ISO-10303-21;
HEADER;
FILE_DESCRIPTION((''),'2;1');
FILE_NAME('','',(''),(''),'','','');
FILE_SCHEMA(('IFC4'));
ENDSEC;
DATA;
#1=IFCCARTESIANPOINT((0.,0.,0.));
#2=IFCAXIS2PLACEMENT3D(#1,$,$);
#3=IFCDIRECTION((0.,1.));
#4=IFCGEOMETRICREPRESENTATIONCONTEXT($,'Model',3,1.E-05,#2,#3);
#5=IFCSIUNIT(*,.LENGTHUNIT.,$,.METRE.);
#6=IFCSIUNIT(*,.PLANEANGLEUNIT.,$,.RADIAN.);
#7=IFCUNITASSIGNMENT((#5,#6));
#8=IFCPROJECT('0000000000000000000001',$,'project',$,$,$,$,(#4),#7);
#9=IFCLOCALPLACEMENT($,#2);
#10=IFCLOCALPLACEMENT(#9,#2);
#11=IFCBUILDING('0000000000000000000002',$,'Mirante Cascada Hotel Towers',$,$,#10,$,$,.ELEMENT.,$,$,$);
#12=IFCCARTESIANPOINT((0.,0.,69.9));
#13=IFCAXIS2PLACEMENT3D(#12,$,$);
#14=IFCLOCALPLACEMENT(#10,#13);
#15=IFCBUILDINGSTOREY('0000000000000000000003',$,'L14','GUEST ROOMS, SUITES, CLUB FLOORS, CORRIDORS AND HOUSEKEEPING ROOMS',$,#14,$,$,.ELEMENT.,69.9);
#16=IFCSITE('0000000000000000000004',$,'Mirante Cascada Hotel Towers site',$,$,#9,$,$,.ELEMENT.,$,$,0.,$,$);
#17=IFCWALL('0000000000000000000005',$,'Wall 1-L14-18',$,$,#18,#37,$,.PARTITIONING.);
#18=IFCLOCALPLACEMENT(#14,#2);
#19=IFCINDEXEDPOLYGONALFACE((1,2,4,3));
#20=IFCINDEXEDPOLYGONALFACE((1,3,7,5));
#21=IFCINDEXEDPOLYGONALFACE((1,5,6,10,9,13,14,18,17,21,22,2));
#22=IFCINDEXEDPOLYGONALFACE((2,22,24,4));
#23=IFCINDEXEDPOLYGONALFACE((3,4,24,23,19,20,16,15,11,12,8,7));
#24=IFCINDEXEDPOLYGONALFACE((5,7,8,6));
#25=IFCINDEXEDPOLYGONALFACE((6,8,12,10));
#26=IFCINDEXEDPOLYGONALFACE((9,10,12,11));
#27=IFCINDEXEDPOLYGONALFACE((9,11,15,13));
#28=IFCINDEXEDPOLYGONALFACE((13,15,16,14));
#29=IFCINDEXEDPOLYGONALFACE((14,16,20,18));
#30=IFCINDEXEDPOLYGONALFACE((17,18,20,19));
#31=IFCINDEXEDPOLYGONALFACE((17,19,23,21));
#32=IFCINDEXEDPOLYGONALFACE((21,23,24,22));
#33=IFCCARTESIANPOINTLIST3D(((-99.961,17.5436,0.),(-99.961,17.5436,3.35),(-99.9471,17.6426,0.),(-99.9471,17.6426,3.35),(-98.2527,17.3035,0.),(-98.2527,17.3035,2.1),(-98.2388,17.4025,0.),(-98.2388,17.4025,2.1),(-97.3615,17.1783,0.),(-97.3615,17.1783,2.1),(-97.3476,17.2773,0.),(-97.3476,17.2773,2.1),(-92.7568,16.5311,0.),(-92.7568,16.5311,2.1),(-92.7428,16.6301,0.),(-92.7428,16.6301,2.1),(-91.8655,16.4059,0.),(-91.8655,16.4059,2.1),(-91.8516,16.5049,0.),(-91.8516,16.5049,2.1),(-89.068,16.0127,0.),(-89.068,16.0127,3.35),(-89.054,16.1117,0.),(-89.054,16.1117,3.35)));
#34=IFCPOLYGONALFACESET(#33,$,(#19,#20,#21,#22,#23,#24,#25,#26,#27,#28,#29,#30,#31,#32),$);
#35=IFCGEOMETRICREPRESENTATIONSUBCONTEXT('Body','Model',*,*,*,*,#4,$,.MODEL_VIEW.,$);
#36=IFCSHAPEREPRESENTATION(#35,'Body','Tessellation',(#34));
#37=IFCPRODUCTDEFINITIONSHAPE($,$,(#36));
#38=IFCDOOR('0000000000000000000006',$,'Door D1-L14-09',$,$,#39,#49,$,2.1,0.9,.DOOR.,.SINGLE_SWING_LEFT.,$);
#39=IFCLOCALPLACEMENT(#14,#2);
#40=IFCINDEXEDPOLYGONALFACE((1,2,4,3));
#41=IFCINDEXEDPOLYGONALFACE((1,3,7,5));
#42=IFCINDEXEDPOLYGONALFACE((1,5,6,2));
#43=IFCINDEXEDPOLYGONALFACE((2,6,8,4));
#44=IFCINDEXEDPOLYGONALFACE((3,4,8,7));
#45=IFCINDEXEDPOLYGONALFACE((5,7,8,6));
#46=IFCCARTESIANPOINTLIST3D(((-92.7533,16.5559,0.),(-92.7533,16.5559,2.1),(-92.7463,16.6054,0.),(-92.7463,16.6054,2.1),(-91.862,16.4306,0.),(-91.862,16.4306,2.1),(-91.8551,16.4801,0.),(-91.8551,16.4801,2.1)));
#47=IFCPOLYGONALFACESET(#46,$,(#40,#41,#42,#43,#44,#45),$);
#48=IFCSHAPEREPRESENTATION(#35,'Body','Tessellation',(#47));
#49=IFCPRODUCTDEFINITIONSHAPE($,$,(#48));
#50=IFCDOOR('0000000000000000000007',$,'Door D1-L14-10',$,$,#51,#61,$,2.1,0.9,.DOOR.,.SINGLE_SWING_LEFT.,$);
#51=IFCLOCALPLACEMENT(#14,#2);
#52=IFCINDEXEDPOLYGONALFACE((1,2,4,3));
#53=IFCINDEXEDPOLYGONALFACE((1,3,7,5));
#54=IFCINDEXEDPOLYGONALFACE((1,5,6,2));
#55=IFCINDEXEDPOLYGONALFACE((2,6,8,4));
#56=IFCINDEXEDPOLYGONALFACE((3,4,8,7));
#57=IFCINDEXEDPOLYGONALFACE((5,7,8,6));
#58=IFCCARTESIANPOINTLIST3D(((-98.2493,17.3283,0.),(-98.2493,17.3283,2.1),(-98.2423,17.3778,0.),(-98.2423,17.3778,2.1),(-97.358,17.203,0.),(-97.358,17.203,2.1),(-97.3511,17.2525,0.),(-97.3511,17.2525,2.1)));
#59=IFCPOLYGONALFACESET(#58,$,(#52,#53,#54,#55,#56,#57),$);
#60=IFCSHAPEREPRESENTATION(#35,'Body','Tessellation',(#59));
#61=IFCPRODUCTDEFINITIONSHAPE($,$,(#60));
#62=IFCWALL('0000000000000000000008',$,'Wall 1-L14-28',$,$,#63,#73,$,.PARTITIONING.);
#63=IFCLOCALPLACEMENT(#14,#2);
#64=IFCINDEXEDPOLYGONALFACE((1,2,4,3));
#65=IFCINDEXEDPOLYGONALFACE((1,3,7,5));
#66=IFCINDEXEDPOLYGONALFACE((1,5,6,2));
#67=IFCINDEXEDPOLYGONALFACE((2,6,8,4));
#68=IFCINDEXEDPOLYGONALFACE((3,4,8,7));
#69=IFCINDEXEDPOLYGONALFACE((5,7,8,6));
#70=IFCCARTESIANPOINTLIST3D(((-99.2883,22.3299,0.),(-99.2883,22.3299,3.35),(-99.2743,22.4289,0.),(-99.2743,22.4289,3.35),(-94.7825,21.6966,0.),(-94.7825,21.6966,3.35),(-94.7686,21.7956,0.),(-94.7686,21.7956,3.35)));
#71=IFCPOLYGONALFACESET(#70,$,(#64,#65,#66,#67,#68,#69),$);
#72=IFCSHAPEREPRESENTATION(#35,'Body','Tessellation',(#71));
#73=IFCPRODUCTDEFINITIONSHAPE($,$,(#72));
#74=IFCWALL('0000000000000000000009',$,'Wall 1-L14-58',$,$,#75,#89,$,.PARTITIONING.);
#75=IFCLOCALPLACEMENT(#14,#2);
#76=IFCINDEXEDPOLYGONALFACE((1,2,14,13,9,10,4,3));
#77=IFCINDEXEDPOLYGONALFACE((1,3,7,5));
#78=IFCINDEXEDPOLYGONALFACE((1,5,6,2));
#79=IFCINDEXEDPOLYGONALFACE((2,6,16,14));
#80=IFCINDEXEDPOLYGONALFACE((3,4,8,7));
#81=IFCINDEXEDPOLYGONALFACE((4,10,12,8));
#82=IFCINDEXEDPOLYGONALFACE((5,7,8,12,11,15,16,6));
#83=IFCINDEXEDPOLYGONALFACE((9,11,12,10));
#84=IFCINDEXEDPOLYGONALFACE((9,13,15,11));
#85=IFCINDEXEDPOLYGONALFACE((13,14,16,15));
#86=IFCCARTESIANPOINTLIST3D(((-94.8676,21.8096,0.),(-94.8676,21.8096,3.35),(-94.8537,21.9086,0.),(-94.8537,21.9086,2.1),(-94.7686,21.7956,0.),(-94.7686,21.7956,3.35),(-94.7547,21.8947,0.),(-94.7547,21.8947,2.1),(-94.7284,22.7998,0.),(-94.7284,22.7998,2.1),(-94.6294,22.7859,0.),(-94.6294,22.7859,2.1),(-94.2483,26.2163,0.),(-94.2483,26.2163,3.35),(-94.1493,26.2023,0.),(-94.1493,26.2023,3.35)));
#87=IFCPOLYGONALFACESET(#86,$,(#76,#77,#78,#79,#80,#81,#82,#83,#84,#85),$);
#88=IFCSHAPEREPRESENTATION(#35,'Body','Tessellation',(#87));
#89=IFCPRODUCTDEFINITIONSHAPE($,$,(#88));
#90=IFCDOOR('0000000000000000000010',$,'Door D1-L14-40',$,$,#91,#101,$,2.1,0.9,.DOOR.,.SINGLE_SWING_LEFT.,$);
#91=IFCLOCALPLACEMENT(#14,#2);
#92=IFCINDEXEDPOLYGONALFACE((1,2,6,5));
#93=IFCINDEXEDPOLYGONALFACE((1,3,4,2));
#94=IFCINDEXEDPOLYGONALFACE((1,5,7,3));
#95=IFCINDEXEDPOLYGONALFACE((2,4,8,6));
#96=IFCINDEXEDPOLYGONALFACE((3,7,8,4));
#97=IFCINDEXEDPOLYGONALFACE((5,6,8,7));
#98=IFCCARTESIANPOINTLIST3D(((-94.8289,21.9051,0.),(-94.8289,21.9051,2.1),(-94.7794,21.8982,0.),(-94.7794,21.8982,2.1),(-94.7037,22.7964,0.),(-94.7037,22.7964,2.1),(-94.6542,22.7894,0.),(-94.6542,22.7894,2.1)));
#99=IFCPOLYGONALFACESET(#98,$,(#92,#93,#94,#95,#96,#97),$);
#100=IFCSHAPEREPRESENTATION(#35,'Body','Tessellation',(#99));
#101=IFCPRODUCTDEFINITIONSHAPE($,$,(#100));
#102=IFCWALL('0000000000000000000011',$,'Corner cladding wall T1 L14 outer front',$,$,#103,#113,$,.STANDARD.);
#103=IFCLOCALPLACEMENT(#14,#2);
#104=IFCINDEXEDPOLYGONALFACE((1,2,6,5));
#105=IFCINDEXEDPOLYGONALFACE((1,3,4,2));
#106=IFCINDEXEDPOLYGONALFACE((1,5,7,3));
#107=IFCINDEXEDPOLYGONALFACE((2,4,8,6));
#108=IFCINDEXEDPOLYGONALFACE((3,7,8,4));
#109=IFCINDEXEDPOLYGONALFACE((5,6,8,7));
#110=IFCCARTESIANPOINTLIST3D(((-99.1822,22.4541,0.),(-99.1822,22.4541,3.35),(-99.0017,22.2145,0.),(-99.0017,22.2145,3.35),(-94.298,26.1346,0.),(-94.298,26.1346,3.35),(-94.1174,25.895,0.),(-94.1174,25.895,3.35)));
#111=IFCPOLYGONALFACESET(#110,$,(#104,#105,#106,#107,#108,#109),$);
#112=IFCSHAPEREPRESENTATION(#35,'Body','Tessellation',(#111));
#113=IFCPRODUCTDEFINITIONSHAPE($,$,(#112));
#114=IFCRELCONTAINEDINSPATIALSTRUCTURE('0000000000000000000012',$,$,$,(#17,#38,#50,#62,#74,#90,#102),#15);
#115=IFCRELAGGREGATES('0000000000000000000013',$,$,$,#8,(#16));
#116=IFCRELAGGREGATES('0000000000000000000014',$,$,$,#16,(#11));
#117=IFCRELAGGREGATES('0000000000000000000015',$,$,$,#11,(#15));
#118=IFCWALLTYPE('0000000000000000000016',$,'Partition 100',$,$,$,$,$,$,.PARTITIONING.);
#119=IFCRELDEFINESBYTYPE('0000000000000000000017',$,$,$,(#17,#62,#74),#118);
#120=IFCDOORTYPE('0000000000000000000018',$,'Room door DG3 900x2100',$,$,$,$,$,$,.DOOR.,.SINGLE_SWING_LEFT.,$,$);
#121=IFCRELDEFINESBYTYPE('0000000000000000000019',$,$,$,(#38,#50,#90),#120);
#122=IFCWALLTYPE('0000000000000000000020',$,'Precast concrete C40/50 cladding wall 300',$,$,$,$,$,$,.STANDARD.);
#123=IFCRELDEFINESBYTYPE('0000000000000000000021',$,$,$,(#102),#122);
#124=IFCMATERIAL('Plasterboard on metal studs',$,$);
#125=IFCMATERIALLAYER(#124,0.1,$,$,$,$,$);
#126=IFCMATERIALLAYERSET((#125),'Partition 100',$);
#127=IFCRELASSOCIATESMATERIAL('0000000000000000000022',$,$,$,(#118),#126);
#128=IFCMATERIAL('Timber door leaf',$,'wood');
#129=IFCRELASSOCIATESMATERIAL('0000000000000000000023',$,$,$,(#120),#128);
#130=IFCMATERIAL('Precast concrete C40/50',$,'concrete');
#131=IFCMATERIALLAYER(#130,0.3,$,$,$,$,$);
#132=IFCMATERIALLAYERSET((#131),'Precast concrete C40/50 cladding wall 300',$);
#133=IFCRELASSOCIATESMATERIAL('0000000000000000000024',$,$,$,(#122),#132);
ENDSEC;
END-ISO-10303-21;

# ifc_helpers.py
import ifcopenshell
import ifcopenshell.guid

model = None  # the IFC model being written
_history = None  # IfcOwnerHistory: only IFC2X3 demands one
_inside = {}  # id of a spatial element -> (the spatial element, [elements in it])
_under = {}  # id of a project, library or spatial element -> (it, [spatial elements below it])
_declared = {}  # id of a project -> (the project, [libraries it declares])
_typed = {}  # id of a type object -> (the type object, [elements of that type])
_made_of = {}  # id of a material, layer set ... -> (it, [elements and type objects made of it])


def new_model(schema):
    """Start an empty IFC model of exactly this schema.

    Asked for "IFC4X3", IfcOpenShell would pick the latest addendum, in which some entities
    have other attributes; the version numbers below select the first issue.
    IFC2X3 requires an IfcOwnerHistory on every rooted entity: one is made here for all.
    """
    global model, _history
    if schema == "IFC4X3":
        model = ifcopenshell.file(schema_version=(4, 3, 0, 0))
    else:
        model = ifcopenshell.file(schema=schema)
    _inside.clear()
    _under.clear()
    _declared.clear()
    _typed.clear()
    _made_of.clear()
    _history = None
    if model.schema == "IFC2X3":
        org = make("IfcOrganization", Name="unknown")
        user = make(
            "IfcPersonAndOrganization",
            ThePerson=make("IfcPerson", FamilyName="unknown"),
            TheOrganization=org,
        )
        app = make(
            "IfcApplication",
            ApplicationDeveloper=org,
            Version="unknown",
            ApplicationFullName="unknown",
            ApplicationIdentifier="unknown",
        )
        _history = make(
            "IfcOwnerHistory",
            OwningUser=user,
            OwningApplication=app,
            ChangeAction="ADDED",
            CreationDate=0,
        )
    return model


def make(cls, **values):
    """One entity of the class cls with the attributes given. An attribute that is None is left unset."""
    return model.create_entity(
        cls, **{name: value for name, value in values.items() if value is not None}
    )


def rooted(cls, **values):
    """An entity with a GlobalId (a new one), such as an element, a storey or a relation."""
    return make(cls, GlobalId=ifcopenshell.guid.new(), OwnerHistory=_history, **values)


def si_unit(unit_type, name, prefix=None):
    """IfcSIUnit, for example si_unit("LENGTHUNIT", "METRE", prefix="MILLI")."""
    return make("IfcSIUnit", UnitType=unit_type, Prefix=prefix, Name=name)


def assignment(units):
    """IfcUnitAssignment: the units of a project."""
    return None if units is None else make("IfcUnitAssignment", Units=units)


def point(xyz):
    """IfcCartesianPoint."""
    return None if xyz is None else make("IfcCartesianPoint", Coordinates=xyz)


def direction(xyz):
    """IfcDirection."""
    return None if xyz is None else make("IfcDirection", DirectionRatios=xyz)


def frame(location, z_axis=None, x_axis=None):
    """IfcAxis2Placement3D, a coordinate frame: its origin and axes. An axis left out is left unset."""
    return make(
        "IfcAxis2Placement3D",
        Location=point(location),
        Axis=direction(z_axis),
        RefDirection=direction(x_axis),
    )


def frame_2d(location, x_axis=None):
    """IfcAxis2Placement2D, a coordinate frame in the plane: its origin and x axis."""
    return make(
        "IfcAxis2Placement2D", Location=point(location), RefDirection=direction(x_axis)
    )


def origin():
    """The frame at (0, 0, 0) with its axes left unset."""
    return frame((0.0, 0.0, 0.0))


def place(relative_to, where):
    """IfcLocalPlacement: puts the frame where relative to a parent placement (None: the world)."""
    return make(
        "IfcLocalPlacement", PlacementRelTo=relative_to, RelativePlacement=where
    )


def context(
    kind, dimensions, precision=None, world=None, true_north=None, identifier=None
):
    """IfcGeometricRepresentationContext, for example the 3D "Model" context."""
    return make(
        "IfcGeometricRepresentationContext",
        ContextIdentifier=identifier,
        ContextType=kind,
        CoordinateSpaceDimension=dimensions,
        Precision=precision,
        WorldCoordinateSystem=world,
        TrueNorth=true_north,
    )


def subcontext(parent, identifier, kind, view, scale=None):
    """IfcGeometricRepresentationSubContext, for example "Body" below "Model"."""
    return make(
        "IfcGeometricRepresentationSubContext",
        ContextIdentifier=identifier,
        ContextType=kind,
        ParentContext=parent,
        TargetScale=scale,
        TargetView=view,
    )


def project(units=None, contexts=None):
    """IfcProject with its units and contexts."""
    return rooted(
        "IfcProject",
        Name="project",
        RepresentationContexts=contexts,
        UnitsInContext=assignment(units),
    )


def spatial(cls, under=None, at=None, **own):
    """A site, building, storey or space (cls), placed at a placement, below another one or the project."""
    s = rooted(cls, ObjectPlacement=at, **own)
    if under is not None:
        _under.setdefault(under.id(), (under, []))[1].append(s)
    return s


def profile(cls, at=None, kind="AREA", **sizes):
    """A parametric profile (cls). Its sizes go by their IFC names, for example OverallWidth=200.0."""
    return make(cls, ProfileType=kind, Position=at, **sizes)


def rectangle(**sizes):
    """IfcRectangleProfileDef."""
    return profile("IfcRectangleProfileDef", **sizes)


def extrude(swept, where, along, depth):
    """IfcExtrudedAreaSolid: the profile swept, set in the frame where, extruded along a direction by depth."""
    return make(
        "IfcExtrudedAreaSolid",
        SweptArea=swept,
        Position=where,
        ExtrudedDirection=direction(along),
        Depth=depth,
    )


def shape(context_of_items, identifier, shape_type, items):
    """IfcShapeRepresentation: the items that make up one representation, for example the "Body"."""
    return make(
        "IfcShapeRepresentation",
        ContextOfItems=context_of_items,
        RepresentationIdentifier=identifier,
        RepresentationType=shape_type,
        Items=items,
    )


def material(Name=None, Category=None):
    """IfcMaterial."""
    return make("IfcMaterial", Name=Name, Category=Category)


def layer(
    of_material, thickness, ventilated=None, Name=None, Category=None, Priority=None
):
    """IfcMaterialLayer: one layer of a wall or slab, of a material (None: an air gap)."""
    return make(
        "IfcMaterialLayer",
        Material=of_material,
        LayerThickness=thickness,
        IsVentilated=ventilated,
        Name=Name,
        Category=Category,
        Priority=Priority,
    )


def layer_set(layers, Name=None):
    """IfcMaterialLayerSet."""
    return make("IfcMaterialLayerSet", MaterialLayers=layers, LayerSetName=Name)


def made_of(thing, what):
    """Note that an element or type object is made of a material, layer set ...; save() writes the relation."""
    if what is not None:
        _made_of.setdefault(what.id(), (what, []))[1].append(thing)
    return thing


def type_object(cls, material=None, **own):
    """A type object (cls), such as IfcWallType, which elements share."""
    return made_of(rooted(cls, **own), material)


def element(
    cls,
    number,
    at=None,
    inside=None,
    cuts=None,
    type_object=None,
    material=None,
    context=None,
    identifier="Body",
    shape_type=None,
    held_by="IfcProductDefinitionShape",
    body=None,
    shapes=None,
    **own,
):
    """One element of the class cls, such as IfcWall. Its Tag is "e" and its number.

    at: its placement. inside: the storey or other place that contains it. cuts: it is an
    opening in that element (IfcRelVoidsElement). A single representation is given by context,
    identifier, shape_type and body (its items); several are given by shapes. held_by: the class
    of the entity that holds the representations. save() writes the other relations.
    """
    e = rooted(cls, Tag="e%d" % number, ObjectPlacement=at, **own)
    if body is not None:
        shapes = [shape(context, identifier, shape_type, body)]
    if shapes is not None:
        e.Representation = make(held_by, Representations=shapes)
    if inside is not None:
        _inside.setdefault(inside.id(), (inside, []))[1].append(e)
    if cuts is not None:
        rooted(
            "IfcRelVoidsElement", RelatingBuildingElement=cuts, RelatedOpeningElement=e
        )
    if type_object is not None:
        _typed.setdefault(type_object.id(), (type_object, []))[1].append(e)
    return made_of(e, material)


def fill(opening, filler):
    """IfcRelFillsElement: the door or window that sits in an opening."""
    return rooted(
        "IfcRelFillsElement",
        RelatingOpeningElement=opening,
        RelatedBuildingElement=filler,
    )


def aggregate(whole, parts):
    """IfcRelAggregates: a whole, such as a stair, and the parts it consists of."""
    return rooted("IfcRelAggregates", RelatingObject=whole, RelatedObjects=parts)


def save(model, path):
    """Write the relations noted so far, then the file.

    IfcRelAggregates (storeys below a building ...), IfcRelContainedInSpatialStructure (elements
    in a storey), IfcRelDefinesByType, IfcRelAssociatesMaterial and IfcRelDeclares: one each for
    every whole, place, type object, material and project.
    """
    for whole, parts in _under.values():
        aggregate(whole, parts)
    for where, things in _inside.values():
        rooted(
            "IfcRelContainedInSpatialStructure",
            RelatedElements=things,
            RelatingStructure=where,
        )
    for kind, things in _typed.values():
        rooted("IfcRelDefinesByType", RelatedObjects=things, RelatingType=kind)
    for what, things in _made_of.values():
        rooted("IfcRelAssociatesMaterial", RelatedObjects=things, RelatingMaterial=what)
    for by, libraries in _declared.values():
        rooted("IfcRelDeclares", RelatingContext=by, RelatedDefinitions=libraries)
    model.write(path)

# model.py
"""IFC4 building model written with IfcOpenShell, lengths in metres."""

from ifc_helpers import new_model, si_unit, direction, frame, frame_2d, origin, place, context, subcontext, project, spatial, rectangle, extrude, material, layer, layer_set, type_object, element, fill, save


model = new_model("IFC4")

# Units and contexts
model_context = context("Model", 3, precision=1e-05, world=origin(), true_north=direction((0.0, 1.0)))
body_context = subcontext(model_context, "Body", "Model", "MODEL_VIEW")
ifc_project = project(units=[si_unit("LENGTHUNIT", "METRE"), si_unit("PLANEANGLEUNIT", "RADIAN")], contexts=[model_context])

# Site, building, storey
site_placement = place(None, origin())
site = spatial("IfcSite", under=ifc_project, at=site_placement, Name="Mirante Cascada Hotel Towers site", CompositionType="ELEMENT", RefElevation=0.0)
building_placement = place(site_placement, origin())
building = spatial("IfcBuilding", under=site, at=building_placement, Name="Mirante Cascada Hotel Towers", CompositionType="ELEMENT")
storey_placement = place(building_placement, frame((0.0, 0.0, 69.9)))
storey = spatial("IfcBuildingStorey", under=building, at=storey_placement, Name="L14", Description="GUEST ROOMS, SUITES, CLUB FLOORS, CORRIDORS AND HOUSEKEEPING ROOMS", CompositionType="ELEMENT", Elevation=69.9)

# Wall, openings, doors
ifc_material_1 = material(Name="Plasterboard on metal studs")
ifc_layer_1 = layer(ifc_material_1, 0.1)
ifc_layer_set_1 = layer_set([ifc_layer_1], Name="Partition 100")
wall_type_1 = type_object("IfcWallType", Name="Partition 100", PredefinedType="PARTITIONING", material=ifc_layer_set_1)
wall_1_placement = place(storey_placement, frame((-99.954, 17.5931, 0.0), z_axis=(0.0, 0.0, 1.0), x_axis=(0.990268, -0.139172, 0.0)))
wall_1 = element("IfcWall", 1, at=wall_1_placement, inside=storey, type_object=wall_type_1, Name="Wall 1-L14-18", PredefinedType="PARTITIONING", context=body_context, shape_type="SweptSolid", body=[
    extrude(rectangle(XDim=11.0001, YDim=0.1, at=frame_2d((5.5, 0.0))), origin(), (0.0, 0.0, 1.0), 3.35),
])
opening_1_placement = place(wall_1_placement, frame((7.275, 0.0, 0.0)))
opening_1 = element("IfcOpeningElement", 2, at=opening_1_placement, cuts=wall_1, PredefinedType="OPENING", context=body_context, shape_type="SweptSolid", body=[
    extrude(rectangle(XDim=0.9, YDim=2.1, at=frame_2d((0.45, 1.05))), frame((0.0, 0.05, 0.0), z_axis=(0.0, -1.0, 0.0), x_axis=(1.0, 0.0, 0.0)), (0.0, 0.0, 1.0), 0.1),
])
opening_2_placement = place(wall_1_placement, frame((1.725, 0.0, 0.0)))
opening_2 = element("IfcOpeningElement", 3, at=opening_2_placement, cuts=wall_1, PredefinedType="OPENING", context=body_context, shape_type="SweptSolid", body=[
    extrude(rectangle(XDim=0.9, YDim=2.1, at=frame_2d((0.45, 1.05))), frame((0.0, 0.05, 0.0), z_axis=(0.0, -1.0, 0.0), x_axis=(1.0, 0.0, 0.0)), (0.0, 0.0, 1.0), 0.1),
])
ifc_material_2 = material(Name="Timber door leaf", Category="wood")
door_type = type_object("IfcDoorType", Name="Room door DG3 900x2100", OperationType="SINGLE_SWING_LEFT", PredefinedType="DOOR", material=ifc_material_2)
door_1_placement = place(opening_1_placement, origin())
door_1 = element("IfcDoor", 4, at=door_1_placement, inside=storey, type_object=door_type, Name="Door D1-L14-09", OperationType="SINGLE_SWING_LEFT", OverallHeight=2.1, OverallWidth=0.9, PredefinedType="DOOR", context=body_context, shape_type="SweptSolid", body=[
    extrude(rectangle(XDim=0.9, YDim=2.1, at=frame_2d((0.45, 1.05))), frame((0.0, 0.025, 0.0), z_axis=(0.0, -1.0, 0.0), x_axis=(1.0, 0.0, 0.0)), (0.0, 0.0, 1.0), 0.05),
])
fill(opening_1, door_1)
door_2_placement = place(opening_2_placement, origin())
door_2 = element("IfcDoor", 5, at=door_2_placement, inside=storey, type_object=door_type, Name="Door D1-L14-10", OperationType="SINGLE_SWING_LEFT", OverallHeight=2.1, OverallWidth=0.9, PredefinedType="DOOR", context=body_context, shape_type="SweptSolid", body=[
    extrude(rectangle(XDim=0.9, YDim=2.1, at=frame_2d((0.45, 1.05))), frame((0.0, 0.025, 0.0), z_axis=(0.0, -1.0, 0.0), x_axis=(1.0, 0.0, 0.0)), (0.0, 0.0, 1.0), 0.05),
])
fill(opening_2, door_2)

# Wall
wall_2_placement = place(storey_placement, frame((-99.2813, 22.3794, 0.0), z_axis=(0.0, 0.0, 1.0), x_axis=(0.990266, -0.139187, 0.0)))
element("IfcWall", 6, at=wall_2_placement, inside=storey, type_object=wall_type_1, Name="Wall 1-L14-28", PredefinedType="PARTITIONING", context=body_context, shape_type="SweptSolid", body=[
    extrude(rectangle(XDim=4.55, YDim=0.1, at=frame_2d((2.275, 0.0))), origin(), (0.0, 0.0, 1.0), 3.35),
])

# Wall, opening, door
wall_3_placement = place(storey_placement, frame((-94.1988, 26.2093, 0.0), z_axis=(0.0, 0.0, 1.0), x_axis=(-0.139168, -0.990269, 0.0)))
wall_3 = element("IfcWall", 7, at=wall_3_placement, inside=storey, type_object=wall_type_1, Name="Wall 1-L14-58", PredefinedType="PARTITIONING", context=body_context, shape_type="SweptSolid", body=[
    extrude(rectangle(XDim=4.45, YDim=0.1, at=frame_2d((2.225, 0.0))), origin(), (0.0, 0.0, 1.0), 3.35),
])
opening_3_placement = place(wall_3_placement, frame((3.45, 0.0, 0.0)))
opening_3 = element("IfcOpeningElement", 8, at=opening_3_placement, cuts=wall_3, PredefinedType="OPENING", context=body_context, shape_type="SweptSolid", body=[
    extrude(rectangle(XDim=0.9, YDim=2.1, at=frame_2d((0.45, 1.05))), frame((0.0, 0.05, 0.0), z_axis=(0.0, -1.0, 0.0), x_axis=(1.0, 0.0, 0.0)), (0.0, 0.0, 1.0), 0.1),
])
door_3_placement = place(opening_3_placement, origin())
door_3 = element("IfcDoor", 9, at=door_3_placement, inside=storey, type_object=door_type, Name="Door D1-L14-40", OperationType="SINGLE_SWING_LEFT", OverallHeight=2.1, OverallWidth=0.9, PredefinedType="DOOR", context=body_context, shape_type="SweptSolid", body=[
    extrude(rectangle(XDim=0.9, YDim=2.1, at=frame_2d((0.45, 1.05))), frame((0.0, 0.025, 0.0), z_axis=(0.0, -1.0, 0.0), x_axis=(1.0, 0.0, 0.0)), (0.0, 0.0, 1.0), 0.05),
])
fill(opening_3, door_3)

# Wall
ifc_material_3 = material(Name="Precast concrete C40/50", Category="concrete")
ifc_layer_2 = layer(ifc_material_3, 0.3)
ifc_layer_set_2 = layer_set([ifc_layer_2], Name="Precast concrete C40/50 cladding wall 300")
wall_type_2 = type_object("IfcWallType", Name="Precast concrete C40/50 cladding wall 300", PredefinedType="STANDARD", material=ifc_layer_set_2)
wall_4_placement = place(storey_placement, frame((-99.0919, 22.3343, 0.0), z_axis=(0.0, 0.0, 1.0), x_axis=(0.798636, 0.601814, 0.0)))
element("IfcWall", 10, at=wall_4_placement, inside=storey, type_object=wall_type_2, Name="Corner cladding wall T1 L14 outer front", PredefinedType="STANDARD", context=body_context, shape_type="SweptSolid", body=[
    extrude(rectangle(XDim=6.1157, YDim=0.3, at=frame_2d((3.0578, 0.0))), origin(), (0.0, 0.0, 1.0), 3.35),
])

save(model, "model.ifc")
